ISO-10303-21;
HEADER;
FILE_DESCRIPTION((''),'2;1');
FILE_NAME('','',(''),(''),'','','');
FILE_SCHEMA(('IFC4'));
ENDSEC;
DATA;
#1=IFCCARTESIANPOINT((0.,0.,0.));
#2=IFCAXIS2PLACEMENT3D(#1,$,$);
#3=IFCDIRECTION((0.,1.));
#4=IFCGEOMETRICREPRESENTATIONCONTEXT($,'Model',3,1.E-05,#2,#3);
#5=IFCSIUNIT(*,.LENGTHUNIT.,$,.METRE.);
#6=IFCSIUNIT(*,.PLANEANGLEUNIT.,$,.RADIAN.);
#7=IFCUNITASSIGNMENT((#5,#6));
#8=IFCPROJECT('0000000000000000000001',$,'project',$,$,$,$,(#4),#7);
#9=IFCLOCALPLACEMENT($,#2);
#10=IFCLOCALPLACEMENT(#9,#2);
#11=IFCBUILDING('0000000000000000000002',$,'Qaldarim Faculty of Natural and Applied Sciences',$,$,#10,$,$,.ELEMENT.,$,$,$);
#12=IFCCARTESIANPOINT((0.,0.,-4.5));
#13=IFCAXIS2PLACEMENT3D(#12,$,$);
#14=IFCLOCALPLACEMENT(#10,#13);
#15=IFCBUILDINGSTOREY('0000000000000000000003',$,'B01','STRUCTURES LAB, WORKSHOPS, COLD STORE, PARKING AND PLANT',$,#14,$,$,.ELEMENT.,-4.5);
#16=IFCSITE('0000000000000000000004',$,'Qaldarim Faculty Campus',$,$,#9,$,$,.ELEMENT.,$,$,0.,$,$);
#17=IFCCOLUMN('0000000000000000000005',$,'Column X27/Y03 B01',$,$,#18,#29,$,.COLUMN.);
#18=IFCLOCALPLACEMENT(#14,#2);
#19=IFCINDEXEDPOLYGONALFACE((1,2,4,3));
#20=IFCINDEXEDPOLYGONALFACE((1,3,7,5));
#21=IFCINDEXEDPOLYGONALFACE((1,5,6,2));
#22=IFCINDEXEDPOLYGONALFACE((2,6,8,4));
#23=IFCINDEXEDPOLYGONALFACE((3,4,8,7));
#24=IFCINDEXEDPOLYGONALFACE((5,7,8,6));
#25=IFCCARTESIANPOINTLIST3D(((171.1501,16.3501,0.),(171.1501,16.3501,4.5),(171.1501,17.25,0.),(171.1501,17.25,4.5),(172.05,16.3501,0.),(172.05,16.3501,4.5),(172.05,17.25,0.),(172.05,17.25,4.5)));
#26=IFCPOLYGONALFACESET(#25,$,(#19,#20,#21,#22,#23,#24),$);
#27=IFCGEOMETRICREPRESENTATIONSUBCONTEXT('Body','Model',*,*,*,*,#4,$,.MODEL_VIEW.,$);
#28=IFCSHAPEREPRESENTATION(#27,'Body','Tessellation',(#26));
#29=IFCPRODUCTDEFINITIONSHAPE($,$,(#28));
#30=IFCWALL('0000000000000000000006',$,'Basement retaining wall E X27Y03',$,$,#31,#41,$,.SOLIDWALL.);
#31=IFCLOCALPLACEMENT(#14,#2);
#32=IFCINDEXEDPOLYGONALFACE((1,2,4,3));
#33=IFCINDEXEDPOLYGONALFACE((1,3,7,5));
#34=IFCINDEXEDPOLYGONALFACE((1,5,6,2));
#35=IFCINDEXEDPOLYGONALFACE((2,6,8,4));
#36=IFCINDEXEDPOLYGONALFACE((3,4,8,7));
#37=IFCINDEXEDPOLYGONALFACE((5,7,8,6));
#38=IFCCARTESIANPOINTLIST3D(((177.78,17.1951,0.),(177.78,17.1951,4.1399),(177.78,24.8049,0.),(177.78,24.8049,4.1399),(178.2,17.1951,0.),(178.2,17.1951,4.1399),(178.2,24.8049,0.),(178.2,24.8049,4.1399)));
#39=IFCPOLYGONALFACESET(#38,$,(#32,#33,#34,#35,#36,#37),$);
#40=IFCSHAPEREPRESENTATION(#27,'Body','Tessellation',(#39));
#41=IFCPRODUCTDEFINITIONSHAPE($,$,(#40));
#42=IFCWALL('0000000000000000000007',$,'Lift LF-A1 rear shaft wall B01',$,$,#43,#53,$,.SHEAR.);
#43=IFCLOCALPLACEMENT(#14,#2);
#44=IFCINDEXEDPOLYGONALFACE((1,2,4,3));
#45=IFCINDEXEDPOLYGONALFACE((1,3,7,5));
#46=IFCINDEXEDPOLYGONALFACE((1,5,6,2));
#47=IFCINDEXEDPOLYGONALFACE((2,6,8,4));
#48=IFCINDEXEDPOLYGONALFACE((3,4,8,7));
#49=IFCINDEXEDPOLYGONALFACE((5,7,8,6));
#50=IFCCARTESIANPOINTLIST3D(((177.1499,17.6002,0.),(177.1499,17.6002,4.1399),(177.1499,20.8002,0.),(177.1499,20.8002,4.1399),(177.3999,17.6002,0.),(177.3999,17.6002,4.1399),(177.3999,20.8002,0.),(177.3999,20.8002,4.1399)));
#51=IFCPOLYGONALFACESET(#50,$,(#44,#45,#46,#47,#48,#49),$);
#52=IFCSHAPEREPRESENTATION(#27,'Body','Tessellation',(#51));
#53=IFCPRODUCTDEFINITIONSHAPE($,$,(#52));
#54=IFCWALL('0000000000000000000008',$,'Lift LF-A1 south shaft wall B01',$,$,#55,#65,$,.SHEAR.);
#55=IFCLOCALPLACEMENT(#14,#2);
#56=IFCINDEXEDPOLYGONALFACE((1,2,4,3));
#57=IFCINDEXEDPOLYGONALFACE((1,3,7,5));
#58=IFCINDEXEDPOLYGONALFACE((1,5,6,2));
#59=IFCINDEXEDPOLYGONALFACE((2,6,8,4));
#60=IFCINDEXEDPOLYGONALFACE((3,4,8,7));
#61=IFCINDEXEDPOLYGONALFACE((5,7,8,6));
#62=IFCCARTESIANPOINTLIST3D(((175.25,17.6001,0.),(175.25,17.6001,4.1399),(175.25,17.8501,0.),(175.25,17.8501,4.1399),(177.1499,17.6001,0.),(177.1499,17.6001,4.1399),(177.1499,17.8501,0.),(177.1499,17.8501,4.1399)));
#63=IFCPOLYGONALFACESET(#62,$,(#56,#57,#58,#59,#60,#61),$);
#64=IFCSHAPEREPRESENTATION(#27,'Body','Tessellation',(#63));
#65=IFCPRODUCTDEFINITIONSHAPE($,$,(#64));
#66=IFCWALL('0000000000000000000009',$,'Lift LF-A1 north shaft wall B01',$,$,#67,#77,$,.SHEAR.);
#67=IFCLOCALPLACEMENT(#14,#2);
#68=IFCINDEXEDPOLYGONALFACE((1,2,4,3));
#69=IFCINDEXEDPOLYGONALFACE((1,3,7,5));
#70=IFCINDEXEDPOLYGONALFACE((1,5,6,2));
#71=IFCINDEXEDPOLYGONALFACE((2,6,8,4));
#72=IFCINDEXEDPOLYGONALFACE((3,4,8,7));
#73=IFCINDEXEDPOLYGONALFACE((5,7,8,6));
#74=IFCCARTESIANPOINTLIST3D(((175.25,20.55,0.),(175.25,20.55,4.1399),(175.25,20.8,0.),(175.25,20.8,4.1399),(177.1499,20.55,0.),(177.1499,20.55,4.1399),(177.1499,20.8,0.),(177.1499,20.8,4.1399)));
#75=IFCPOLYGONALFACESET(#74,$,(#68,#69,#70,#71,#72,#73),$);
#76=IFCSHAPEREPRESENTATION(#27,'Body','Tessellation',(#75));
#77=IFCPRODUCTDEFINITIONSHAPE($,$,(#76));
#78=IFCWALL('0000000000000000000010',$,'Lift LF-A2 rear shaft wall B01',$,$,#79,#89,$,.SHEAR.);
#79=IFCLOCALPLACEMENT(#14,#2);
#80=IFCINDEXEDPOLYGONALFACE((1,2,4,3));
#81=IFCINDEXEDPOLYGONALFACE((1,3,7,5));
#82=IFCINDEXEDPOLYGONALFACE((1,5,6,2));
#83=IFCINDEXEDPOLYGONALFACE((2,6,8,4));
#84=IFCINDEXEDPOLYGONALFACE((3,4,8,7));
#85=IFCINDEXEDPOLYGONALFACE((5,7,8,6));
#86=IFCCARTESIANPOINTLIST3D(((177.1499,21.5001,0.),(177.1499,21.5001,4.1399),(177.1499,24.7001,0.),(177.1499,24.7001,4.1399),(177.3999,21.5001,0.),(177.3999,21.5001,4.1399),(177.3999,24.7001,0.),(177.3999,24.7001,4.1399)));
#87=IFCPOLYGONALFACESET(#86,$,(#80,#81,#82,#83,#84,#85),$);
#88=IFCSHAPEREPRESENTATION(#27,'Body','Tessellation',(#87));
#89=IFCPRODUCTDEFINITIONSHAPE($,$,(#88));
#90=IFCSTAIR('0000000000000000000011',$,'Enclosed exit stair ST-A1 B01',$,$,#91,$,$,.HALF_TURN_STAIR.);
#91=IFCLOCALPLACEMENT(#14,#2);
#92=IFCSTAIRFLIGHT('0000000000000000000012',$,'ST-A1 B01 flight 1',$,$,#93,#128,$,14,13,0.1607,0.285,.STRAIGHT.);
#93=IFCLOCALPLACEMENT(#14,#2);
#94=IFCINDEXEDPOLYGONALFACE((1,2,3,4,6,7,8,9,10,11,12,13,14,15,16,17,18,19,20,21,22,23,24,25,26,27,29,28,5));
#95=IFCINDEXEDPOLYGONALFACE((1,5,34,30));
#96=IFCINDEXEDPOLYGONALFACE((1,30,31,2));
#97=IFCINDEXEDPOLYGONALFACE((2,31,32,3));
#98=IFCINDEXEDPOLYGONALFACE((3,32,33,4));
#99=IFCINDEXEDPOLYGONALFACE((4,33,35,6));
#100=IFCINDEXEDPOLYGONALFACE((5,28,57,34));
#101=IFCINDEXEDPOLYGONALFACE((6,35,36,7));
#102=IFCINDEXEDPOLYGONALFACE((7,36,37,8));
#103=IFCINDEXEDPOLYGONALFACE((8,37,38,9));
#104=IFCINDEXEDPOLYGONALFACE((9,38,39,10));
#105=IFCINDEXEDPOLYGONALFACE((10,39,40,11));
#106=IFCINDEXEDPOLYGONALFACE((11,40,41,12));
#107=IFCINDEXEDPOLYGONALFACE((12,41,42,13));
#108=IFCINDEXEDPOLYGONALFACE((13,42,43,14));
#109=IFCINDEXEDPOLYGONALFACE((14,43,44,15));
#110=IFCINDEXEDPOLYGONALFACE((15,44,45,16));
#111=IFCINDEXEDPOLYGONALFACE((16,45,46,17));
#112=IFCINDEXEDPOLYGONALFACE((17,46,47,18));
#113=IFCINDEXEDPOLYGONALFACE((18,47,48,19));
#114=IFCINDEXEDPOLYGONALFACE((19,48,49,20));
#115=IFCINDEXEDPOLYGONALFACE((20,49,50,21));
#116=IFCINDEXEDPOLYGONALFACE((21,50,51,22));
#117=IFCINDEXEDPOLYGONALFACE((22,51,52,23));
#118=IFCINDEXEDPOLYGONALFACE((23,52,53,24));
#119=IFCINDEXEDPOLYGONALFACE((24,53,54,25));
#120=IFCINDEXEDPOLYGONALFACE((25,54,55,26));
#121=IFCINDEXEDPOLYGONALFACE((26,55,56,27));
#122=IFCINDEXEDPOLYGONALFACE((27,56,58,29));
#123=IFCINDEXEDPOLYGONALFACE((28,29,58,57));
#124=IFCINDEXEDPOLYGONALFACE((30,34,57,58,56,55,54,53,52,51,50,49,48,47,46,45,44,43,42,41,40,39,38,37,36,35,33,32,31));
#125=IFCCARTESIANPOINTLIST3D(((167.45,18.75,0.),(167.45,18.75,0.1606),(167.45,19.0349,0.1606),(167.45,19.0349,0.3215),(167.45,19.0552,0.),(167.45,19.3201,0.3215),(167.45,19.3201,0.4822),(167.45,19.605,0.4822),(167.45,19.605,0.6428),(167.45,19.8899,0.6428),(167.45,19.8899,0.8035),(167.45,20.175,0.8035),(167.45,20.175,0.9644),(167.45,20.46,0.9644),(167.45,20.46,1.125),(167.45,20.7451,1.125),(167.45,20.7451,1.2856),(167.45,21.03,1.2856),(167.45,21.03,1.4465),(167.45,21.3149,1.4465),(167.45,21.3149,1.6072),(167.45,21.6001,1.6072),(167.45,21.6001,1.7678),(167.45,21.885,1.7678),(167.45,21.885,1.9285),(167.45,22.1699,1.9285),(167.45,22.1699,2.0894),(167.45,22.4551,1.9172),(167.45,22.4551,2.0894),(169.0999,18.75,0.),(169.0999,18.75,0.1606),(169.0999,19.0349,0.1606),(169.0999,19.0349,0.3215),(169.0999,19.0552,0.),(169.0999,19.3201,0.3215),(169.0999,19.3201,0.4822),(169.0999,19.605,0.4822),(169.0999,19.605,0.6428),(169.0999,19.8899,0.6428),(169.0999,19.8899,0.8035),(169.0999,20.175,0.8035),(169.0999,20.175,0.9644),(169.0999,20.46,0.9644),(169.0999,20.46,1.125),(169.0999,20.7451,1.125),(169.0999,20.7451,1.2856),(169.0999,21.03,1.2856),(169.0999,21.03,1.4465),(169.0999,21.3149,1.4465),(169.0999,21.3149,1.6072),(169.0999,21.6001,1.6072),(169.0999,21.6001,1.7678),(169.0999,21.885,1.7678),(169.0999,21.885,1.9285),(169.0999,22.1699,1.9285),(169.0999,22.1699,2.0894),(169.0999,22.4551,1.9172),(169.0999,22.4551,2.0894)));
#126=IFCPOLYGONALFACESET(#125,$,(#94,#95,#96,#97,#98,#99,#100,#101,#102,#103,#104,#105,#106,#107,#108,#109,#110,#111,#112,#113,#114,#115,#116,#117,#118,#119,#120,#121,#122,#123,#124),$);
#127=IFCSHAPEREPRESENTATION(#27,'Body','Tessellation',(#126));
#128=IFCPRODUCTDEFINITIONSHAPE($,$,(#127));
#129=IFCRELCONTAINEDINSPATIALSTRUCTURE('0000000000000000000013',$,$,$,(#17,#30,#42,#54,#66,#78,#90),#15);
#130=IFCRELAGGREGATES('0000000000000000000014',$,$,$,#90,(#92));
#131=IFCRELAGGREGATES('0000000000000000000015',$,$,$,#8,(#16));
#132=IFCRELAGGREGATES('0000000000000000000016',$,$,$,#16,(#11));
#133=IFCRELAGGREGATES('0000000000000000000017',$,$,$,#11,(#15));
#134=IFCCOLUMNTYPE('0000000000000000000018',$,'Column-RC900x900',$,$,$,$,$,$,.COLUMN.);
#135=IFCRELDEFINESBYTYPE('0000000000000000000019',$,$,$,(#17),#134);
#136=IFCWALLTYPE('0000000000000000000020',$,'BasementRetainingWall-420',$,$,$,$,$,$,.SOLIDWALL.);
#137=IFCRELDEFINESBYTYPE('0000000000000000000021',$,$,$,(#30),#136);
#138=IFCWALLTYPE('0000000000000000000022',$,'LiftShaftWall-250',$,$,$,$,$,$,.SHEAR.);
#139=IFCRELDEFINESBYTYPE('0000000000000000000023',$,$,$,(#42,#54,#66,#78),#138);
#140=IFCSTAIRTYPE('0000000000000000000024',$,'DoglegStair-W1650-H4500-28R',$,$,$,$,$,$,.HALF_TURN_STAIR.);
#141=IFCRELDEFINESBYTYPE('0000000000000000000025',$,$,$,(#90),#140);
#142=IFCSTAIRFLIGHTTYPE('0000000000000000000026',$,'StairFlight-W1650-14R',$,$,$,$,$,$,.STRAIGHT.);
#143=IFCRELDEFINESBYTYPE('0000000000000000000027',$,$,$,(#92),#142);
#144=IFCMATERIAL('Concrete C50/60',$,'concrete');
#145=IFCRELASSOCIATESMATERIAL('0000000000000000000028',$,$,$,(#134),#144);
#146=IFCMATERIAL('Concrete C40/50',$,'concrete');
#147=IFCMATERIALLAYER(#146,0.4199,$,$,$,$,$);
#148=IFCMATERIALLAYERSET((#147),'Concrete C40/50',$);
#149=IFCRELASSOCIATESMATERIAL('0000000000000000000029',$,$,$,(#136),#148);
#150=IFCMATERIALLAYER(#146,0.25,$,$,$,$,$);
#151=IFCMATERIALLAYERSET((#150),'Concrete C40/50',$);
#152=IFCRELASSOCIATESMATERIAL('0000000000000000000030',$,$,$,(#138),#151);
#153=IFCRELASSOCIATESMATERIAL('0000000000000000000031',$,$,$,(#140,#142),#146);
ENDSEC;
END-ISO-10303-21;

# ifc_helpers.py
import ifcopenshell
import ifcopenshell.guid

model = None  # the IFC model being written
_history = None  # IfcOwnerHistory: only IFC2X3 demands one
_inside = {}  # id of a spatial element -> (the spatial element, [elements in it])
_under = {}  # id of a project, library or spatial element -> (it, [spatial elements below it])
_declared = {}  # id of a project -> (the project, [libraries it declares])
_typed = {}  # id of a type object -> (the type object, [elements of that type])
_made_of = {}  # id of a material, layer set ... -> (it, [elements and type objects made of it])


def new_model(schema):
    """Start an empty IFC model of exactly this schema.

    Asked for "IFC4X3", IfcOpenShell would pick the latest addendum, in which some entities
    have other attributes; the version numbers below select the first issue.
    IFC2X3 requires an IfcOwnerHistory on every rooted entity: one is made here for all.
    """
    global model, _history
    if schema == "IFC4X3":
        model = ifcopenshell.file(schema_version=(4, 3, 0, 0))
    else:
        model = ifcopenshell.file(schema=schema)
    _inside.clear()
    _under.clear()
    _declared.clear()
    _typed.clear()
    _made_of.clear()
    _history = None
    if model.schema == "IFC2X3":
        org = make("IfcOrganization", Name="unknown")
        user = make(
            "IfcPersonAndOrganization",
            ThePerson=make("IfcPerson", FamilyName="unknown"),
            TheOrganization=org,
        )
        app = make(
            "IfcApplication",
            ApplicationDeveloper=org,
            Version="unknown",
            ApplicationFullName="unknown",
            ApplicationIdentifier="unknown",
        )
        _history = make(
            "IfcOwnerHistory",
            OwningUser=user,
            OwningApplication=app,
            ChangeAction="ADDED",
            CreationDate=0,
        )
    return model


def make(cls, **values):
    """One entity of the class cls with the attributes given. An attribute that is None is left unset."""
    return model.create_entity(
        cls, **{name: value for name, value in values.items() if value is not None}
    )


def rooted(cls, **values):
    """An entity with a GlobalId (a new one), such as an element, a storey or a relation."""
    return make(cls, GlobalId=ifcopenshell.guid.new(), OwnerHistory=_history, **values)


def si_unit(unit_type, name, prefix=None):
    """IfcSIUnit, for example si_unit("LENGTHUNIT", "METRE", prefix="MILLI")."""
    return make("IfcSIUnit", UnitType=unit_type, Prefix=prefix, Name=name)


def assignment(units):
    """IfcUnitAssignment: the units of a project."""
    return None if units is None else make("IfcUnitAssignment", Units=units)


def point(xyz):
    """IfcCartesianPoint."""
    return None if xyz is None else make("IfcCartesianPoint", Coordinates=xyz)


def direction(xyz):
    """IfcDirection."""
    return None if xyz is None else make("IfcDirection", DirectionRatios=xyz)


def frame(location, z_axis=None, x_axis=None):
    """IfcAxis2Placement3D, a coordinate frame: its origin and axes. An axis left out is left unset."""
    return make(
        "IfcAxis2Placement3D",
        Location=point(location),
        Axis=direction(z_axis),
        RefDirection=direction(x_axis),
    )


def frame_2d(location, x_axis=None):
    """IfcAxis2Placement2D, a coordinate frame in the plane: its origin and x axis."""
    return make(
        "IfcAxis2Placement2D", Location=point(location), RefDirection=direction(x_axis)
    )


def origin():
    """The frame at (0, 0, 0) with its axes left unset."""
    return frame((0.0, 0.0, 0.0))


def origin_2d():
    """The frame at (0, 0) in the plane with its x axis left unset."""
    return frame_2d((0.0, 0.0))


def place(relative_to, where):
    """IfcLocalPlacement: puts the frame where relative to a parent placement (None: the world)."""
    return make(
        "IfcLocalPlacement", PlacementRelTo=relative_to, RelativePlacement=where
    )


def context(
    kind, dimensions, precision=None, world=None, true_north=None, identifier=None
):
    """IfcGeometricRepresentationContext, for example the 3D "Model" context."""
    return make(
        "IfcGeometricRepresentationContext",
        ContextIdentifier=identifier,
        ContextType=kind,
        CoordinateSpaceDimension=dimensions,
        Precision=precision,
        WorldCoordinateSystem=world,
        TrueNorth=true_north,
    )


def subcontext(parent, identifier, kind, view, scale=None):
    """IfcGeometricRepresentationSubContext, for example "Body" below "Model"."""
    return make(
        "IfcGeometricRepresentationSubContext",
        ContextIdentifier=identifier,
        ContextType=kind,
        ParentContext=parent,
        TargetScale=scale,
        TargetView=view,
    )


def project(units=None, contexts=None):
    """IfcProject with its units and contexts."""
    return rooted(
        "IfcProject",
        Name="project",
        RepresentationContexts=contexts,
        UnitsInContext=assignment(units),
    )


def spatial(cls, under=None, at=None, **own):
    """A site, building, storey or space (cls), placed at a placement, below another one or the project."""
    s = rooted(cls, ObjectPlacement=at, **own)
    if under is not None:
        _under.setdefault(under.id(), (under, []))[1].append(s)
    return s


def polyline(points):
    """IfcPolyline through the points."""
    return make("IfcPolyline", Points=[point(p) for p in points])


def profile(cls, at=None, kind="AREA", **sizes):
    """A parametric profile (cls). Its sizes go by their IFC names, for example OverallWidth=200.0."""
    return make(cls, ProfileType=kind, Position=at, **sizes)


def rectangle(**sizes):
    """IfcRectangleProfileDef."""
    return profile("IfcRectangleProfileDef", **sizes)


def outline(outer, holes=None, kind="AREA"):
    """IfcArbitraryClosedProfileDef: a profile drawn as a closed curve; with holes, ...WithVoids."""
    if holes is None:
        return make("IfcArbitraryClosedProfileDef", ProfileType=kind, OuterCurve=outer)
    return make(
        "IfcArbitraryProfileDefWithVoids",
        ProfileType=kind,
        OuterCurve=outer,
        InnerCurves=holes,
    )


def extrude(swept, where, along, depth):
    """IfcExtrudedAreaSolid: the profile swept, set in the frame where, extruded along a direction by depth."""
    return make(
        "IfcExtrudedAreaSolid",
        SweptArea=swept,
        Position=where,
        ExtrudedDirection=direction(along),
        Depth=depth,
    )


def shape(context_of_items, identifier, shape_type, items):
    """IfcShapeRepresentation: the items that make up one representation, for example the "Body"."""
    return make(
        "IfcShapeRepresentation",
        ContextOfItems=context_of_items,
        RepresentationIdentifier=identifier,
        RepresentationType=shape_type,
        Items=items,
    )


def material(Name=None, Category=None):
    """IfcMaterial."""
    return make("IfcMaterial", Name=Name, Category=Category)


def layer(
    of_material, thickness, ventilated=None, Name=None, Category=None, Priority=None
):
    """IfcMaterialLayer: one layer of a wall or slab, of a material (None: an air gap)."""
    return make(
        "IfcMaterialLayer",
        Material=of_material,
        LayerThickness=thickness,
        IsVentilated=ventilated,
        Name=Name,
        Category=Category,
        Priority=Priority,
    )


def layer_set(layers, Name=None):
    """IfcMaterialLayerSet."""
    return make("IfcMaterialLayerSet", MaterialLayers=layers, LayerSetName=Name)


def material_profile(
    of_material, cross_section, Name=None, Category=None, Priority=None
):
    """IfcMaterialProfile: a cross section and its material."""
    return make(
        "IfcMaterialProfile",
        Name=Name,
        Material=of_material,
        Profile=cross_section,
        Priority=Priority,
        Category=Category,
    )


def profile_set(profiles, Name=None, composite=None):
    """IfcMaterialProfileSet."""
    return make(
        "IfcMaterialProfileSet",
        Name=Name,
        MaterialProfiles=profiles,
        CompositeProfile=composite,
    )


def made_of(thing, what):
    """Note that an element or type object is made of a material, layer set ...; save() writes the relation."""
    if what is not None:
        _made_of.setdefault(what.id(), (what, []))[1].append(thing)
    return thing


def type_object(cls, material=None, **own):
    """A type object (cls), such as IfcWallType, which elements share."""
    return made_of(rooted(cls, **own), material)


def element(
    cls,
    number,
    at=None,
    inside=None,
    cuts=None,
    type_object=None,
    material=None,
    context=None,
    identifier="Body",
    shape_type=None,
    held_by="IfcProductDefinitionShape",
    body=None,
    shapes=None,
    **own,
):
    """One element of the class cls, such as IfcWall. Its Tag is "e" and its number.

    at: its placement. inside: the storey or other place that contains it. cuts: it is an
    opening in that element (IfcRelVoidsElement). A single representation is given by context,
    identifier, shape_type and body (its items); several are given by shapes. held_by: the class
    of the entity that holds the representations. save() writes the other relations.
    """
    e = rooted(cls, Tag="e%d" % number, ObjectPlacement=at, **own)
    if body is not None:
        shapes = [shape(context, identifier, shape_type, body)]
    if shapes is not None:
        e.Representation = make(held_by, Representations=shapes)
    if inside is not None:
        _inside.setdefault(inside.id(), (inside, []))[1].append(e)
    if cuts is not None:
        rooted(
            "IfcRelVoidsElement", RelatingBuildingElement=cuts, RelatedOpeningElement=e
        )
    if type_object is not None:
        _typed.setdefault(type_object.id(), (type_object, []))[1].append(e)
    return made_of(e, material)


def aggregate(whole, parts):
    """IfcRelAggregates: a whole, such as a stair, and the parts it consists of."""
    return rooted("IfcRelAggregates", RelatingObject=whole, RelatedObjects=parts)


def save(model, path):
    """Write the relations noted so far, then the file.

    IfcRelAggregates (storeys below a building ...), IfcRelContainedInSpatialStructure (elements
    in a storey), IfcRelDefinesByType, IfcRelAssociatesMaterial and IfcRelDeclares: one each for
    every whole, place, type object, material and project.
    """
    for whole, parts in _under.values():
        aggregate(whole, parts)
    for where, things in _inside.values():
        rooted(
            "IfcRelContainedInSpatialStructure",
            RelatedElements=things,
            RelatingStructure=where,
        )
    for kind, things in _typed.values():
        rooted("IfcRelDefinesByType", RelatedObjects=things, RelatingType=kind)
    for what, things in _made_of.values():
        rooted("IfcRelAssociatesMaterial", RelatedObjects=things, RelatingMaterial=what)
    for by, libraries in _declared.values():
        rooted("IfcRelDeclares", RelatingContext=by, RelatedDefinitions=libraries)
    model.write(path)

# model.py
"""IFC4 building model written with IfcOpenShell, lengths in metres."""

from ifc_helpers import new_model, si_unit, direction, frame, frame_2d, origin, origin_2d, place, context, subcontext, project, spatial, polyline, rectangle, outline, extrude, material, layer, layer_set, material_profile, profile_set, type_object, element, aggregate, save


model = new_model("IFC4")

# Units and contexts
model_context = context("Model", 3, precision=1e-05, world=origin(), true_north=direction((0.0, 1.0)))
body_context = subcontext(model_context, "Body", "Model", "MODEL_VIEW")
ifc_project = project(units=[si_unit("LENGTHUNIT", "METRE"), si_unit("PLANEANGLEUNIT", "RADIAN")], contexts=[model_context])

# Site, building, storey
site_placement = place(None, origin())
site = spatial("IfcSite", under=ifc_project, at=site_placement, Name="Qaldarim Faculty Campus", CompositionType="ELEMENT", RefElevation=0.0)
building_placement = place(site_placement, origin())
building = spatial("IfcBuilding", under=site, at=building_placement, Name="Qaldarim Faculty of Natural and Applied Sciences", CompositionType="ELEMENT")
storey_placement = place(building_placement, frame((0.0, 0.0, -4.5)))
storey = spatial("IfcBuildingStorey", under=building, at=storey_placement, Name="B01", Description="STRUCTURES LAB, WORKSHOPS, COLD STORE, PARKING AND PLANT", CompositionType="ELEMENT", Elevation=-4.5)

# Shared definitions
ifc_material_1 = material(Name="Concrete C40/50", Category="concrete")

# Column
ifc_material_2 = material(Name="Concrete C50/60", Category="concrete")
ifc_material_profile_1 = material_profile(ifc_material_2, rectangle(XDim=0.8999, YDim=0.8999, at=origin_2d()), Name="RC-C900x900")
ifc_profile_set_1 = profile_set([ifc_material_profile_1], Name="Concrete C50/60")
column_type_1 = type_object("IfcColumnType", Name="Column-RC900x900", PredefinedType="COLUMN", material=ifc_profile_set_1)
column_1_placement = place(storey_placement, frame((171.6001, 16.8, 0.0), z_axis=(0.0, 0.0, 1.0), x_axis=(1.0, 0.0, 0.0)))
element("IfcColumn", 1, at=column_1_placement, inside=storey, type_object=column_type_1, Name="Column X27/Y03 B01", PredefinedType="COLUMN", context=body_context, shape_type="SweptSolid", body=[
    extrude(rectangle(XDim=0.8999, YDim=0.8999, at=origin_2d()), origin(), (0.0, 0.0, 1.0), 4.5),
])

# Wall
ifc_layer_1 = layer(ifc_material_1, 0.4199)
ifc_layer_set_1 = layer_set([ifc_layer_1], Name="Concrete C40/50")
wall_type_1 = type_object("IfcWallType", Name="BasementRetainingWall-420", PredefinedType="SOLIDWALL", material=ifc_layer_set_1)
wall_1_placement = place(storey_placement, frame((177.99, 17.1951, 0.0), z_axis=(0.0, 0.0, 1.0), x_axis=(0.0, 1.0, 0.0)))
element("IfcWall", 2, at=wall_1_placement, inside=storey, type_object=wall_type_1, Name="Basement retaining wall E X27Y03", PredefinedType="SOLIDWALL", context=body_context, shape_type="SweptSolid", body=[
    extrude(rectangle(XDim=7.6099, YDim=0.4199, at=frame_2d((3.8049, 0.0))), origin(), (0.0, 0.0, 1.0), 4.1399),
])

# Shared definitions
ifc_layer_2 = layer(ifc_material_1, 0.25)
ifc_layer_set_2 = layer_set([ifc_layer_2], Name="Concrete C40/50")
wall_type_2 = type_object("IfcWallType", Name="LiftShaftWall-250", PredefinedType="SHEAR", material=ifc_layer_set_2)

# Walls
wall_2_placement = place(storey_placement, frame((177.2749, 17.6001, 0.0), z_axis=(0.0, 0.0, 1.0), x_axis=(0.0, 1.0, 0.0)))
element("IfcWall", 3, at=wall_2_placement, inside=storey, type_object=wall_type_2, Name="Lift LF-A1 rear shaft wall B01", PredefinedType="SHEAR", context=body_context, shape_type="SweptSolid", body=[
    extrude(rectangle(XDim=3.2, YDim=0.25, at=frame_2d((1.6001, 0.0))), origin(), (0.0, 0.0, 1.0), 4.1399),
])
for number, where, z_axis, x_axis, name in (
    (4, (175.25, 17.7251, 0.0), (0.0, 0.0, 1.0), (1.0, 0.0, 0.0), "Lift LF-A1 south shaft wall B01"),
    (5, (175.25, 20.675, 0.0), (0.0, 0.0, 1.0), (1.0, 0.0, 0.0), "Lift LF-A1 north shaft wall B01"),
):
    element("IfcWall", number, at=place(storey_placement, frame(where, z_axis=z_axis, x_axis=x_axis)), inside=storey, type_object=wall_type_2, Name=name, PredefinedType="SHEAR", context=body_context, shape_type="SweptSolid", body=[
        extrude(rectangle(XDim=1.8999, YDim=0.25, at=frame_2d((0.95, 0.0))), origin(), (0.0, 0.0, 1.0), 4.1399),
    ])

# Wall
wall_3_placement = place(storey_placement, frame((177.2749, 21.5, 0.0), z_axis=(0.0, 0.0, 1.0), x_axis=(0.0, 1.0, 0.0)))
element("IfcWall", 6, at=wall_3_placement, inside=storey, type_object=wall_type_2, Name="Lift LF-A2 rear shaft wall B01", PredefinedType="SHEAR", context=body_context, shape_type="SweptSolid", body=[
    extrude(rectangle(XDim=3.2, YDim=0.25, at=frame_2d((1.6001, 0.0))), origin(), (0.0, 0.0, 1.0), 4.1399),
])

# Stair, stair flight
stair_type = type_object("IfcStairType", Name="DoglegStair-W1650-H4500-28R", PredefinedType="HALF_TURN_STAIR", material=ifc_material_1)
stair_placement = place(storey_placement, origin())
stair = element("IfcStair", 7, at=stair_placement, inside=storey, type_object=stair_type, Name="Enclosed exit stair ST-A1 B01", PredefinedType="HALF_TURN_STAIR")
stair_flight_type = type_object("IfcStairFlightType", Name="StairFlight-W1650-14R", PredefinedType="STRAIGHT", material=ifc_material_1)
stair_flight_placement = place(storey_placement, frame((168.2749, 18.75, 0.0), z_axis=(0.0, 0.0, 1.0), x_axis=(0.0, 1.0, 0.0)))
stair_flight = element("IfcStairFlight", 8, at=stair_flight_placement, type_object=stair_flight_type, Name="ST-A1 B01 flight 1", NumberOfRisers=14, NumberOfTreads=13, PredefinedType="STRAIGHT", RiserHeight=0.1607, TreadLength=0.285, context=body_context, shape_type="SweptSolid", body=[
    extrude(outline(polyline([(0.0, 0.0), (0.0, 0.1606), (0.2849, 0.1606), (0.2849, 0.3215), (0.5701, 0.3215), (0.5701, 0.4822), (0.855, 0.4822), (0.855, 0.6428), (1.1399, 0.6428), (1.1399, 0.8035), (1.425, 0.8035), (1.425, 0.9644), (1.71, 0.9644), (1.71, 1.125), (1.9951, 1.125), (1.9951, 1.2856), (2.28, 1.2856), (2.28, 1.4465), (2.5649, 1.4465), (2.5649, 1.6072), (2.8501, 1.6072), (2.8501, 1.7678), (3.135, 1.7678), (3.135, 1.9285), (3.4199, 1.9285), (3.4199, 2.0894), (3.7051, 2.0894), (3.7051, 2.25), (3.7051, 1.9172), (0.3052, 0.0), (0.0, 0.0)])), frame((0.0, 0.825, 0.0), z_axis=(0.0, -1.0, 0.0), x_axis=(1.0, 0.0, 0.0)), (0.0, 0.0, 1.0), 1.6499),
])
aggregate(stair, [stair_flight])

save(model, "model.ifc")
